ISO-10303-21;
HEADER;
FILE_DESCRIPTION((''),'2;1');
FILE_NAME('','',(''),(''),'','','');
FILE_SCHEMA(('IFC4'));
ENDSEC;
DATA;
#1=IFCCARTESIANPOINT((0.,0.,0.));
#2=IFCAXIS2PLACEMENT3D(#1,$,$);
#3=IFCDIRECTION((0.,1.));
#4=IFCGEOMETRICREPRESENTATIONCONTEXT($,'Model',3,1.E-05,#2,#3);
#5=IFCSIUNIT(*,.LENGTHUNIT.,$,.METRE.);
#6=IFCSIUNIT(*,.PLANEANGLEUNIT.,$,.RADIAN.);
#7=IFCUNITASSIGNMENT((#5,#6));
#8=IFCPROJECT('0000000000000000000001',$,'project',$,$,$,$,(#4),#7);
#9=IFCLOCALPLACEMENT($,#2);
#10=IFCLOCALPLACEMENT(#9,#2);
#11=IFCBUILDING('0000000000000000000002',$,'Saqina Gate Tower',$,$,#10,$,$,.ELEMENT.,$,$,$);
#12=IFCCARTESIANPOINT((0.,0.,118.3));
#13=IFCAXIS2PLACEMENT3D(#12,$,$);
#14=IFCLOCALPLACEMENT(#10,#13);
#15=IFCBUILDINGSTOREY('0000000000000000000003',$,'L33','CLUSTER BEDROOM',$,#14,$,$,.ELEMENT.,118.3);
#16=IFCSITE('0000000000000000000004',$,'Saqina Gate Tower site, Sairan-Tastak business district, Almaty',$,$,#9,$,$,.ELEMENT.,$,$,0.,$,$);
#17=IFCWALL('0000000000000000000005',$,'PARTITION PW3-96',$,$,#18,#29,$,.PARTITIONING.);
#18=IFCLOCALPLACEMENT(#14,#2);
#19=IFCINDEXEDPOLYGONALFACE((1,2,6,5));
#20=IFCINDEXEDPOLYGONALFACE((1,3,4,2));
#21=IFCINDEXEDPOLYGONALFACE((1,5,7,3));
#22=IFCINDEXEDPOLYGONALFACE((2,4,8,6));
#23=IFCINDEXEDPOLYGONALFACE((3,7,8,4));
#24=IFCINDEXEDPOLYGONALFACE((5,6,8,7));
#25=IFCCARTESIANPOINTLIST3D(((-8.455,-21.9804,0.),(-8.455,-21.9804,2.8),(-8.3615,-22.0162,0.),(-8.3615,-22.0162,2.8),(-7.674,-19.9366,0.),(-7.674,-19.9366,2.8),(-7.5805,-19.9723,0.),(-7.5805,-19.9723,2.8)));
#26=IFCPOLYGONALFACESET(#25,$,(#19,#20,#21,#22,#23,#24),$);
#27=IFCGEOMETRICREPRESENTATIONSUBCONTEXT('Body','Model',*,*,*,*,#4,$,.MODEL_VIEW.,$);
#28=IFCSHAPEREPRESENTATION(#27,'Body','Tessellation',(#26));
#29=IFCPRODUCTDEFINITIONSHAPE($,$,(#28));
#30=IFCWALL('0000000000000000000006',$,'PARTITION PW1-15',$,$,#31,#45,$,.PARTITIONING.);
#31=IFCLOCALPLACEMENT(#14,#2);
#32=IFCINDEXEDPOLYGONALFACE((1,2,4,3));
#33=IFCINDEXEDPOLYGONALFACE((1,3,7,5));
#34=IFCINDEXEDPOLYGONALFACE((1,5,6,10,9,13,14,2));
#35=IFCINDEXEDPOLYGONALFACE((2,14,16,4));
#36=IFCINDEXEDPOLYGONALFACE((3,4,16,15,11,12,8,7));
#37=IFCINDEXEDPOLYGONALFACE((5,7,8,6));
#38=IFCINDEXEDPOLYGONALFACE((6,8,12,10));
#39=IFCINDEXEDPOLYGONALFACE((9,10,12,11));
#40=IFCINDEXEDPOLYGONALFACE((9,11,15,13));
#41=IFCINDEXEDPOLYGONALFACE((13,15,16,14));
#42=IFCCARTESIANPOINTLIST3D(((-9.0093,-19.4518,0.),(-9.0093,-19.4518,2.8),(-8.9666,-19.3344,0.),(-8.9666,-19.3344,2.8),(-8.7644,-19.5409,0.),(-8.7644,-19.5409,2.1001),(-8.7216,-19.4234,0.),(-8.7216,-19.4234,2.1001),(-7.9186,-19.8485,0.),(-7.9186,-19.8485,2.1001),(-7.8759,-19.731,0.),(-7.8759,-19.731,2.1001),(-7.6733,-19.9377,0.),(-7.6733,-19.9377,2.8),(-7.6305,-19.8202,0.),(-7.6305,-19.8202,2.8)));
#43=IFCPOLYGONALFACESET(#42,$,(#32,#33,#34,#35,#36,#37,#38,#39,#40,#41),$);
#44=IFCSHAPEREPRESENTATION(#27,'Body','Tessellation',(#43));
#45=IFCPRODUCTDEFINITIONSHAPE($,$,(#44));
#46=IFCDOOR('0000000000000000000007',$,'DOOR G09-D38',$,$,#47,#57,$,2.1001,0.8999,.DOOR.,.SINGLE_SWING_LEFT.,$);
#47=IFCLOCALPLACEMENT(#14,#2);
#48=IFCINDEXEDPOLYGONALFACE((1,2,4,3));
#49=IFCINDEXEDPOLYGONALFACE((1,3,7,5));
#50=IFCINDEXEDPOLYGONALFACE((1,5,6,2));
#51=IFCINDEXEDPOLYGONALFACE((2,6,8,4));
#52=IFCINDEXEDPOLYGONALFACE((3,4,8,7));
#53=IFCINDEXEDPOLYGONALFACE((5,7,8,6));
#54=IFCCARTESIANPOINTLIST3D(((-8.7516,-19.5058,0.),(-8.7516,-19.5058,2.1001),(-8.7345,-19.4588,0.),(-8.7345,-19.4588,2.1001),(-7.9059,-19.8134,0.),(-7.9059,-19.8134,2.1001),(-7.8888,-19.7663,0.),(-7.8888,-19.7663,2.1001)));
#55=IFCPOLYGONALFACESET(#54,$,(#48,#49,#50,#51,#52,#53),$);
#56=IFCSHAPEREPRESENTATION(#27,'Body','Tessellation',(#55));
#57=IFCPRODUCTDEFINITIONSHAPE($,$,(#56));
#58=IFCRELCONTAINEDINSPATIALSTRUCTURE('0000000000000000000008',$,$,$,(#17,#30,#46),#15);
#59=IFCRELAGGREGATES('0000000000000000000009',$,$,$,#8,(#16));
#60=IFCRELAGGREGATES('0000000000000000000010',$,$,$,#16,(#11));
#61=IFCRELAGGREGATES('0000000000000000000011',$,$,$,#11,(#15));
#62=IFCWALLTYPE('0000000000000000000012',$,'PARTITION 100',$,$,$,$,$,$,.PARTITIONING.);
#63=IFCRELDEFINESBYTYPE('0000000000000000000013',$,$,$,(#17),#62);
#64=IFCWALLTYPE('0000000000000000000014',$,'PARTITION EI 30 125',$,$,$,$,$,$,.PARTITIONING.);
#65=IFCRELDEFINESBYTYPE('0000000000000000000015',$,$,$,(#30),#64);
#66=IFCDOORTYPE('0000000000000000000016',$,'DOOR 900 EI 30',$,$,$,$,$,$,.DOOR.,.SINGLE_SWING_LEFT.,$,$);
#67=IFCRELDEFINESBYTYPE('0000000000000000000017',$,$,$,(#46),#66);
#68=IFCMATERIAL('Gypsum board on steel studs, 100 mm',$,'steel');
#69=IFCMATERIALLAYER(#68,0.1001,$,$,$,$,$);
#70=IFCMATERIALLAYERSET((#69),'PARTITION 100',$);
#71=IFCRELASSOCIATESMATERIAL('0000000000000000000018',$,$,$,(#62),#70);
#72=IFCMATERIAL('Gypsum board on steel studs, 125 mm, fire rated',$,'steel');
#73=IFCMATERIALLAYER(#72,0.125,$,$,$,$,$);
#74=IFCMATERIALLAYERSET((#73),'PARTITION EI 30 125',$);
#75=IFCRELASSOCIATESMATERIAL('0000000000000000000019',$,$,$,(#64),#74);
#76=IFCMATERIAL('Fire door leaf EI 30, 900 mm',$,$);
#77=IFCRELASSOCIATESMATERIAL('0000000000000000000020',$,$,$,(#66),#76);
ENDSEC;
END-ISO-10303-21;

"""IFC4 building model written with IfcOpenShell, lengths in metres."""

from ifc_helpers import new_model, si_unit, direction, frame, frame_2d, origin, place, context, subcontext, project, spatial, rectangle, extrude, material, layer, layer_set, type_object, element, fill, save


model = new_model("IFC4")

# Units and contexts
model_context = context("Model", 3, precision=1e-05, world=origin(), true_north=direction((0.0, 1.0)))
body_context = subcontext(model_context, "Body", "Model", "MODEL_VIEW")
ifc_project = project(units=[si_unit("LENGTHUNIT", "METRE"), si_unit("PLANEANGLEUNIT", "RADIAN")], contexts=[model_context])

# Site, building, storey
site_placement = place(None, origin())
site = spatial("IfcSite", under=ifc_project, at=site_placement, Name="Saqina Gate Tower site, Sairan-Tastak business district, Almaty", CompositionType="ELEMENT", RefElevation=0.0)
building_placement = place(site_placement, origin())
building = spatial("IfcBuilding", under=site, at=building_placement, Name="Saqina Gate Tower", CompositionType="ELEMENT")
storey_placement = place(building_placement, frame((0.0, 0.0, 118.3)))
storey = spatial("IfcBuildingStorey", under=building, at=storey_placement, Name="L33", Description="CLUSTER BEDROOM", CompositionType="ELEMENT", Elevation=118.3)

# Shared definitions
ifc_material_1 = material(Name="Gypsum board on steel studs, 100 mm", Category="steel")
ifc_layer_1 = layer(ifc_material_1, 0.1001)
ifc_layer_set_1 = layer_set([ifc_layer_1], Name="PARTITION 100")
wall_type_1 = type_object("IfcWallType", Name="PARTITION 100", PredefinedType="PARTITIONING", material=ifc_layer_set_1)

# Wall
wall_1_placement = place(storey_placement, frame((-8.4082, -21.9983, 0.0), z_axis=(0.0, 0.0, 1.0), x_axis=(0.356937, 0.934128, 0.0)))
element("IfcWall", 1, at=wall_1_placement, inside=storey, type_object=wall_type_1, Name="PARTITION PW3-96", PredefinedType="PARTITIONING", context=body_context, shape_type="SweptSolid", body=[
    extrude(rectangle(XDim=2.188, YDim=0.1001, at=frame_2d((1.094, 0.0))), origin(), (0.0, 0.0, 1.0), 2.8),
])

# Wall, opening, door
ifc_material_2 = material(Name="Gypsum board on steel studs, 125 mm, fire rated", Category="steel")
ifc_layer_2 = layer(ifc_material_2, 0.125)
ifc_layer_set_2 = layer_set([ifc_layer_2], Name="PARTITION EI 30 125")
wall_type_2 = type_object("IfcWallType", Name="PARTITION EI 30 125", PredefinedType="PARTITIONING", material=ifc_layer_set_2)
wall_2_placement = place(storey_placement, frame((-8.988, -19.3931, 0.0), z_axis=(0.0, 0.0, 1.0), x_axis=(0.939783, -0.341771, 0.0)))
wall_2 = element("IfcWall", 2, at=wall_2_placement, inside=storey, type_object=wall_type_2, Name="PARTITION PW1-15", PredefinedType="PARTITIONING", context=body_context, shape_type="SweptSolid", body=[
    extrude(rectangle(XDim=1.4216, YDim=0.125, at=frame_2d((0.7109, 0.0))), origin(), (0.0, 0.0, 1.0), 2.8),
])
opening_1_placement = place(wall_2_placement, frame((0.2607, 0.0, 0.0)))
opening_1 = element("IfcOpeningElement", 3, at=opening_1_placement, cuts=wall_2, PredefinedType="OPENING", context=body_context, shape_type="SweptSolid", body=[
    extrude(rectangle(XDim=0.8999, YDim=2.1001, at=frame_2d((0.45, 1.05))), frame((0.0, 0.0745, 0.0), z_axis=(0.0, -1.0, 0.0), x_axis=(1.0, 0.0, 0.0)), (0.0, 0.0, 1.0), 0.1489),
])
ifc_material_3 = material(Name="Fire door leaf EI 30, 900 mm")
door_type_1 = type_object("IfcDoorType", Name="DOOR 900 EI 30", OperationType="SINGLE_SWING_LEFT", PredefinedType="DOOR", material=ifc_material_3)
door_1_placement = place(opening_1_placement, origin())
door_1 = element("IfcDoor", 4, at=door_1_placement, inside=storey, type_object=door_type_1, Name="DOOR G09-D38", OperationType="SINGLE_SWING_LEFT", OverallHeight=2.1001, OverallWidth=0.8999, PredefinedType="DOOR", context=body_context, shape_type="SweptSolid", body=[
    extrude(rectangle(XDim=0.8999, YDim=2.1001, at=frame_2d((0.45, 1.05))), frame((0.0, 0.0249, 0.0), z_axis=(0.0, -1.0, 0.0), x_axis=(1.0, 0.0, 0.0)), (0.0, 0.0, 1.0), 0.05),
])
fill(opening_1, door_1)

save(model, "model.ifc")
